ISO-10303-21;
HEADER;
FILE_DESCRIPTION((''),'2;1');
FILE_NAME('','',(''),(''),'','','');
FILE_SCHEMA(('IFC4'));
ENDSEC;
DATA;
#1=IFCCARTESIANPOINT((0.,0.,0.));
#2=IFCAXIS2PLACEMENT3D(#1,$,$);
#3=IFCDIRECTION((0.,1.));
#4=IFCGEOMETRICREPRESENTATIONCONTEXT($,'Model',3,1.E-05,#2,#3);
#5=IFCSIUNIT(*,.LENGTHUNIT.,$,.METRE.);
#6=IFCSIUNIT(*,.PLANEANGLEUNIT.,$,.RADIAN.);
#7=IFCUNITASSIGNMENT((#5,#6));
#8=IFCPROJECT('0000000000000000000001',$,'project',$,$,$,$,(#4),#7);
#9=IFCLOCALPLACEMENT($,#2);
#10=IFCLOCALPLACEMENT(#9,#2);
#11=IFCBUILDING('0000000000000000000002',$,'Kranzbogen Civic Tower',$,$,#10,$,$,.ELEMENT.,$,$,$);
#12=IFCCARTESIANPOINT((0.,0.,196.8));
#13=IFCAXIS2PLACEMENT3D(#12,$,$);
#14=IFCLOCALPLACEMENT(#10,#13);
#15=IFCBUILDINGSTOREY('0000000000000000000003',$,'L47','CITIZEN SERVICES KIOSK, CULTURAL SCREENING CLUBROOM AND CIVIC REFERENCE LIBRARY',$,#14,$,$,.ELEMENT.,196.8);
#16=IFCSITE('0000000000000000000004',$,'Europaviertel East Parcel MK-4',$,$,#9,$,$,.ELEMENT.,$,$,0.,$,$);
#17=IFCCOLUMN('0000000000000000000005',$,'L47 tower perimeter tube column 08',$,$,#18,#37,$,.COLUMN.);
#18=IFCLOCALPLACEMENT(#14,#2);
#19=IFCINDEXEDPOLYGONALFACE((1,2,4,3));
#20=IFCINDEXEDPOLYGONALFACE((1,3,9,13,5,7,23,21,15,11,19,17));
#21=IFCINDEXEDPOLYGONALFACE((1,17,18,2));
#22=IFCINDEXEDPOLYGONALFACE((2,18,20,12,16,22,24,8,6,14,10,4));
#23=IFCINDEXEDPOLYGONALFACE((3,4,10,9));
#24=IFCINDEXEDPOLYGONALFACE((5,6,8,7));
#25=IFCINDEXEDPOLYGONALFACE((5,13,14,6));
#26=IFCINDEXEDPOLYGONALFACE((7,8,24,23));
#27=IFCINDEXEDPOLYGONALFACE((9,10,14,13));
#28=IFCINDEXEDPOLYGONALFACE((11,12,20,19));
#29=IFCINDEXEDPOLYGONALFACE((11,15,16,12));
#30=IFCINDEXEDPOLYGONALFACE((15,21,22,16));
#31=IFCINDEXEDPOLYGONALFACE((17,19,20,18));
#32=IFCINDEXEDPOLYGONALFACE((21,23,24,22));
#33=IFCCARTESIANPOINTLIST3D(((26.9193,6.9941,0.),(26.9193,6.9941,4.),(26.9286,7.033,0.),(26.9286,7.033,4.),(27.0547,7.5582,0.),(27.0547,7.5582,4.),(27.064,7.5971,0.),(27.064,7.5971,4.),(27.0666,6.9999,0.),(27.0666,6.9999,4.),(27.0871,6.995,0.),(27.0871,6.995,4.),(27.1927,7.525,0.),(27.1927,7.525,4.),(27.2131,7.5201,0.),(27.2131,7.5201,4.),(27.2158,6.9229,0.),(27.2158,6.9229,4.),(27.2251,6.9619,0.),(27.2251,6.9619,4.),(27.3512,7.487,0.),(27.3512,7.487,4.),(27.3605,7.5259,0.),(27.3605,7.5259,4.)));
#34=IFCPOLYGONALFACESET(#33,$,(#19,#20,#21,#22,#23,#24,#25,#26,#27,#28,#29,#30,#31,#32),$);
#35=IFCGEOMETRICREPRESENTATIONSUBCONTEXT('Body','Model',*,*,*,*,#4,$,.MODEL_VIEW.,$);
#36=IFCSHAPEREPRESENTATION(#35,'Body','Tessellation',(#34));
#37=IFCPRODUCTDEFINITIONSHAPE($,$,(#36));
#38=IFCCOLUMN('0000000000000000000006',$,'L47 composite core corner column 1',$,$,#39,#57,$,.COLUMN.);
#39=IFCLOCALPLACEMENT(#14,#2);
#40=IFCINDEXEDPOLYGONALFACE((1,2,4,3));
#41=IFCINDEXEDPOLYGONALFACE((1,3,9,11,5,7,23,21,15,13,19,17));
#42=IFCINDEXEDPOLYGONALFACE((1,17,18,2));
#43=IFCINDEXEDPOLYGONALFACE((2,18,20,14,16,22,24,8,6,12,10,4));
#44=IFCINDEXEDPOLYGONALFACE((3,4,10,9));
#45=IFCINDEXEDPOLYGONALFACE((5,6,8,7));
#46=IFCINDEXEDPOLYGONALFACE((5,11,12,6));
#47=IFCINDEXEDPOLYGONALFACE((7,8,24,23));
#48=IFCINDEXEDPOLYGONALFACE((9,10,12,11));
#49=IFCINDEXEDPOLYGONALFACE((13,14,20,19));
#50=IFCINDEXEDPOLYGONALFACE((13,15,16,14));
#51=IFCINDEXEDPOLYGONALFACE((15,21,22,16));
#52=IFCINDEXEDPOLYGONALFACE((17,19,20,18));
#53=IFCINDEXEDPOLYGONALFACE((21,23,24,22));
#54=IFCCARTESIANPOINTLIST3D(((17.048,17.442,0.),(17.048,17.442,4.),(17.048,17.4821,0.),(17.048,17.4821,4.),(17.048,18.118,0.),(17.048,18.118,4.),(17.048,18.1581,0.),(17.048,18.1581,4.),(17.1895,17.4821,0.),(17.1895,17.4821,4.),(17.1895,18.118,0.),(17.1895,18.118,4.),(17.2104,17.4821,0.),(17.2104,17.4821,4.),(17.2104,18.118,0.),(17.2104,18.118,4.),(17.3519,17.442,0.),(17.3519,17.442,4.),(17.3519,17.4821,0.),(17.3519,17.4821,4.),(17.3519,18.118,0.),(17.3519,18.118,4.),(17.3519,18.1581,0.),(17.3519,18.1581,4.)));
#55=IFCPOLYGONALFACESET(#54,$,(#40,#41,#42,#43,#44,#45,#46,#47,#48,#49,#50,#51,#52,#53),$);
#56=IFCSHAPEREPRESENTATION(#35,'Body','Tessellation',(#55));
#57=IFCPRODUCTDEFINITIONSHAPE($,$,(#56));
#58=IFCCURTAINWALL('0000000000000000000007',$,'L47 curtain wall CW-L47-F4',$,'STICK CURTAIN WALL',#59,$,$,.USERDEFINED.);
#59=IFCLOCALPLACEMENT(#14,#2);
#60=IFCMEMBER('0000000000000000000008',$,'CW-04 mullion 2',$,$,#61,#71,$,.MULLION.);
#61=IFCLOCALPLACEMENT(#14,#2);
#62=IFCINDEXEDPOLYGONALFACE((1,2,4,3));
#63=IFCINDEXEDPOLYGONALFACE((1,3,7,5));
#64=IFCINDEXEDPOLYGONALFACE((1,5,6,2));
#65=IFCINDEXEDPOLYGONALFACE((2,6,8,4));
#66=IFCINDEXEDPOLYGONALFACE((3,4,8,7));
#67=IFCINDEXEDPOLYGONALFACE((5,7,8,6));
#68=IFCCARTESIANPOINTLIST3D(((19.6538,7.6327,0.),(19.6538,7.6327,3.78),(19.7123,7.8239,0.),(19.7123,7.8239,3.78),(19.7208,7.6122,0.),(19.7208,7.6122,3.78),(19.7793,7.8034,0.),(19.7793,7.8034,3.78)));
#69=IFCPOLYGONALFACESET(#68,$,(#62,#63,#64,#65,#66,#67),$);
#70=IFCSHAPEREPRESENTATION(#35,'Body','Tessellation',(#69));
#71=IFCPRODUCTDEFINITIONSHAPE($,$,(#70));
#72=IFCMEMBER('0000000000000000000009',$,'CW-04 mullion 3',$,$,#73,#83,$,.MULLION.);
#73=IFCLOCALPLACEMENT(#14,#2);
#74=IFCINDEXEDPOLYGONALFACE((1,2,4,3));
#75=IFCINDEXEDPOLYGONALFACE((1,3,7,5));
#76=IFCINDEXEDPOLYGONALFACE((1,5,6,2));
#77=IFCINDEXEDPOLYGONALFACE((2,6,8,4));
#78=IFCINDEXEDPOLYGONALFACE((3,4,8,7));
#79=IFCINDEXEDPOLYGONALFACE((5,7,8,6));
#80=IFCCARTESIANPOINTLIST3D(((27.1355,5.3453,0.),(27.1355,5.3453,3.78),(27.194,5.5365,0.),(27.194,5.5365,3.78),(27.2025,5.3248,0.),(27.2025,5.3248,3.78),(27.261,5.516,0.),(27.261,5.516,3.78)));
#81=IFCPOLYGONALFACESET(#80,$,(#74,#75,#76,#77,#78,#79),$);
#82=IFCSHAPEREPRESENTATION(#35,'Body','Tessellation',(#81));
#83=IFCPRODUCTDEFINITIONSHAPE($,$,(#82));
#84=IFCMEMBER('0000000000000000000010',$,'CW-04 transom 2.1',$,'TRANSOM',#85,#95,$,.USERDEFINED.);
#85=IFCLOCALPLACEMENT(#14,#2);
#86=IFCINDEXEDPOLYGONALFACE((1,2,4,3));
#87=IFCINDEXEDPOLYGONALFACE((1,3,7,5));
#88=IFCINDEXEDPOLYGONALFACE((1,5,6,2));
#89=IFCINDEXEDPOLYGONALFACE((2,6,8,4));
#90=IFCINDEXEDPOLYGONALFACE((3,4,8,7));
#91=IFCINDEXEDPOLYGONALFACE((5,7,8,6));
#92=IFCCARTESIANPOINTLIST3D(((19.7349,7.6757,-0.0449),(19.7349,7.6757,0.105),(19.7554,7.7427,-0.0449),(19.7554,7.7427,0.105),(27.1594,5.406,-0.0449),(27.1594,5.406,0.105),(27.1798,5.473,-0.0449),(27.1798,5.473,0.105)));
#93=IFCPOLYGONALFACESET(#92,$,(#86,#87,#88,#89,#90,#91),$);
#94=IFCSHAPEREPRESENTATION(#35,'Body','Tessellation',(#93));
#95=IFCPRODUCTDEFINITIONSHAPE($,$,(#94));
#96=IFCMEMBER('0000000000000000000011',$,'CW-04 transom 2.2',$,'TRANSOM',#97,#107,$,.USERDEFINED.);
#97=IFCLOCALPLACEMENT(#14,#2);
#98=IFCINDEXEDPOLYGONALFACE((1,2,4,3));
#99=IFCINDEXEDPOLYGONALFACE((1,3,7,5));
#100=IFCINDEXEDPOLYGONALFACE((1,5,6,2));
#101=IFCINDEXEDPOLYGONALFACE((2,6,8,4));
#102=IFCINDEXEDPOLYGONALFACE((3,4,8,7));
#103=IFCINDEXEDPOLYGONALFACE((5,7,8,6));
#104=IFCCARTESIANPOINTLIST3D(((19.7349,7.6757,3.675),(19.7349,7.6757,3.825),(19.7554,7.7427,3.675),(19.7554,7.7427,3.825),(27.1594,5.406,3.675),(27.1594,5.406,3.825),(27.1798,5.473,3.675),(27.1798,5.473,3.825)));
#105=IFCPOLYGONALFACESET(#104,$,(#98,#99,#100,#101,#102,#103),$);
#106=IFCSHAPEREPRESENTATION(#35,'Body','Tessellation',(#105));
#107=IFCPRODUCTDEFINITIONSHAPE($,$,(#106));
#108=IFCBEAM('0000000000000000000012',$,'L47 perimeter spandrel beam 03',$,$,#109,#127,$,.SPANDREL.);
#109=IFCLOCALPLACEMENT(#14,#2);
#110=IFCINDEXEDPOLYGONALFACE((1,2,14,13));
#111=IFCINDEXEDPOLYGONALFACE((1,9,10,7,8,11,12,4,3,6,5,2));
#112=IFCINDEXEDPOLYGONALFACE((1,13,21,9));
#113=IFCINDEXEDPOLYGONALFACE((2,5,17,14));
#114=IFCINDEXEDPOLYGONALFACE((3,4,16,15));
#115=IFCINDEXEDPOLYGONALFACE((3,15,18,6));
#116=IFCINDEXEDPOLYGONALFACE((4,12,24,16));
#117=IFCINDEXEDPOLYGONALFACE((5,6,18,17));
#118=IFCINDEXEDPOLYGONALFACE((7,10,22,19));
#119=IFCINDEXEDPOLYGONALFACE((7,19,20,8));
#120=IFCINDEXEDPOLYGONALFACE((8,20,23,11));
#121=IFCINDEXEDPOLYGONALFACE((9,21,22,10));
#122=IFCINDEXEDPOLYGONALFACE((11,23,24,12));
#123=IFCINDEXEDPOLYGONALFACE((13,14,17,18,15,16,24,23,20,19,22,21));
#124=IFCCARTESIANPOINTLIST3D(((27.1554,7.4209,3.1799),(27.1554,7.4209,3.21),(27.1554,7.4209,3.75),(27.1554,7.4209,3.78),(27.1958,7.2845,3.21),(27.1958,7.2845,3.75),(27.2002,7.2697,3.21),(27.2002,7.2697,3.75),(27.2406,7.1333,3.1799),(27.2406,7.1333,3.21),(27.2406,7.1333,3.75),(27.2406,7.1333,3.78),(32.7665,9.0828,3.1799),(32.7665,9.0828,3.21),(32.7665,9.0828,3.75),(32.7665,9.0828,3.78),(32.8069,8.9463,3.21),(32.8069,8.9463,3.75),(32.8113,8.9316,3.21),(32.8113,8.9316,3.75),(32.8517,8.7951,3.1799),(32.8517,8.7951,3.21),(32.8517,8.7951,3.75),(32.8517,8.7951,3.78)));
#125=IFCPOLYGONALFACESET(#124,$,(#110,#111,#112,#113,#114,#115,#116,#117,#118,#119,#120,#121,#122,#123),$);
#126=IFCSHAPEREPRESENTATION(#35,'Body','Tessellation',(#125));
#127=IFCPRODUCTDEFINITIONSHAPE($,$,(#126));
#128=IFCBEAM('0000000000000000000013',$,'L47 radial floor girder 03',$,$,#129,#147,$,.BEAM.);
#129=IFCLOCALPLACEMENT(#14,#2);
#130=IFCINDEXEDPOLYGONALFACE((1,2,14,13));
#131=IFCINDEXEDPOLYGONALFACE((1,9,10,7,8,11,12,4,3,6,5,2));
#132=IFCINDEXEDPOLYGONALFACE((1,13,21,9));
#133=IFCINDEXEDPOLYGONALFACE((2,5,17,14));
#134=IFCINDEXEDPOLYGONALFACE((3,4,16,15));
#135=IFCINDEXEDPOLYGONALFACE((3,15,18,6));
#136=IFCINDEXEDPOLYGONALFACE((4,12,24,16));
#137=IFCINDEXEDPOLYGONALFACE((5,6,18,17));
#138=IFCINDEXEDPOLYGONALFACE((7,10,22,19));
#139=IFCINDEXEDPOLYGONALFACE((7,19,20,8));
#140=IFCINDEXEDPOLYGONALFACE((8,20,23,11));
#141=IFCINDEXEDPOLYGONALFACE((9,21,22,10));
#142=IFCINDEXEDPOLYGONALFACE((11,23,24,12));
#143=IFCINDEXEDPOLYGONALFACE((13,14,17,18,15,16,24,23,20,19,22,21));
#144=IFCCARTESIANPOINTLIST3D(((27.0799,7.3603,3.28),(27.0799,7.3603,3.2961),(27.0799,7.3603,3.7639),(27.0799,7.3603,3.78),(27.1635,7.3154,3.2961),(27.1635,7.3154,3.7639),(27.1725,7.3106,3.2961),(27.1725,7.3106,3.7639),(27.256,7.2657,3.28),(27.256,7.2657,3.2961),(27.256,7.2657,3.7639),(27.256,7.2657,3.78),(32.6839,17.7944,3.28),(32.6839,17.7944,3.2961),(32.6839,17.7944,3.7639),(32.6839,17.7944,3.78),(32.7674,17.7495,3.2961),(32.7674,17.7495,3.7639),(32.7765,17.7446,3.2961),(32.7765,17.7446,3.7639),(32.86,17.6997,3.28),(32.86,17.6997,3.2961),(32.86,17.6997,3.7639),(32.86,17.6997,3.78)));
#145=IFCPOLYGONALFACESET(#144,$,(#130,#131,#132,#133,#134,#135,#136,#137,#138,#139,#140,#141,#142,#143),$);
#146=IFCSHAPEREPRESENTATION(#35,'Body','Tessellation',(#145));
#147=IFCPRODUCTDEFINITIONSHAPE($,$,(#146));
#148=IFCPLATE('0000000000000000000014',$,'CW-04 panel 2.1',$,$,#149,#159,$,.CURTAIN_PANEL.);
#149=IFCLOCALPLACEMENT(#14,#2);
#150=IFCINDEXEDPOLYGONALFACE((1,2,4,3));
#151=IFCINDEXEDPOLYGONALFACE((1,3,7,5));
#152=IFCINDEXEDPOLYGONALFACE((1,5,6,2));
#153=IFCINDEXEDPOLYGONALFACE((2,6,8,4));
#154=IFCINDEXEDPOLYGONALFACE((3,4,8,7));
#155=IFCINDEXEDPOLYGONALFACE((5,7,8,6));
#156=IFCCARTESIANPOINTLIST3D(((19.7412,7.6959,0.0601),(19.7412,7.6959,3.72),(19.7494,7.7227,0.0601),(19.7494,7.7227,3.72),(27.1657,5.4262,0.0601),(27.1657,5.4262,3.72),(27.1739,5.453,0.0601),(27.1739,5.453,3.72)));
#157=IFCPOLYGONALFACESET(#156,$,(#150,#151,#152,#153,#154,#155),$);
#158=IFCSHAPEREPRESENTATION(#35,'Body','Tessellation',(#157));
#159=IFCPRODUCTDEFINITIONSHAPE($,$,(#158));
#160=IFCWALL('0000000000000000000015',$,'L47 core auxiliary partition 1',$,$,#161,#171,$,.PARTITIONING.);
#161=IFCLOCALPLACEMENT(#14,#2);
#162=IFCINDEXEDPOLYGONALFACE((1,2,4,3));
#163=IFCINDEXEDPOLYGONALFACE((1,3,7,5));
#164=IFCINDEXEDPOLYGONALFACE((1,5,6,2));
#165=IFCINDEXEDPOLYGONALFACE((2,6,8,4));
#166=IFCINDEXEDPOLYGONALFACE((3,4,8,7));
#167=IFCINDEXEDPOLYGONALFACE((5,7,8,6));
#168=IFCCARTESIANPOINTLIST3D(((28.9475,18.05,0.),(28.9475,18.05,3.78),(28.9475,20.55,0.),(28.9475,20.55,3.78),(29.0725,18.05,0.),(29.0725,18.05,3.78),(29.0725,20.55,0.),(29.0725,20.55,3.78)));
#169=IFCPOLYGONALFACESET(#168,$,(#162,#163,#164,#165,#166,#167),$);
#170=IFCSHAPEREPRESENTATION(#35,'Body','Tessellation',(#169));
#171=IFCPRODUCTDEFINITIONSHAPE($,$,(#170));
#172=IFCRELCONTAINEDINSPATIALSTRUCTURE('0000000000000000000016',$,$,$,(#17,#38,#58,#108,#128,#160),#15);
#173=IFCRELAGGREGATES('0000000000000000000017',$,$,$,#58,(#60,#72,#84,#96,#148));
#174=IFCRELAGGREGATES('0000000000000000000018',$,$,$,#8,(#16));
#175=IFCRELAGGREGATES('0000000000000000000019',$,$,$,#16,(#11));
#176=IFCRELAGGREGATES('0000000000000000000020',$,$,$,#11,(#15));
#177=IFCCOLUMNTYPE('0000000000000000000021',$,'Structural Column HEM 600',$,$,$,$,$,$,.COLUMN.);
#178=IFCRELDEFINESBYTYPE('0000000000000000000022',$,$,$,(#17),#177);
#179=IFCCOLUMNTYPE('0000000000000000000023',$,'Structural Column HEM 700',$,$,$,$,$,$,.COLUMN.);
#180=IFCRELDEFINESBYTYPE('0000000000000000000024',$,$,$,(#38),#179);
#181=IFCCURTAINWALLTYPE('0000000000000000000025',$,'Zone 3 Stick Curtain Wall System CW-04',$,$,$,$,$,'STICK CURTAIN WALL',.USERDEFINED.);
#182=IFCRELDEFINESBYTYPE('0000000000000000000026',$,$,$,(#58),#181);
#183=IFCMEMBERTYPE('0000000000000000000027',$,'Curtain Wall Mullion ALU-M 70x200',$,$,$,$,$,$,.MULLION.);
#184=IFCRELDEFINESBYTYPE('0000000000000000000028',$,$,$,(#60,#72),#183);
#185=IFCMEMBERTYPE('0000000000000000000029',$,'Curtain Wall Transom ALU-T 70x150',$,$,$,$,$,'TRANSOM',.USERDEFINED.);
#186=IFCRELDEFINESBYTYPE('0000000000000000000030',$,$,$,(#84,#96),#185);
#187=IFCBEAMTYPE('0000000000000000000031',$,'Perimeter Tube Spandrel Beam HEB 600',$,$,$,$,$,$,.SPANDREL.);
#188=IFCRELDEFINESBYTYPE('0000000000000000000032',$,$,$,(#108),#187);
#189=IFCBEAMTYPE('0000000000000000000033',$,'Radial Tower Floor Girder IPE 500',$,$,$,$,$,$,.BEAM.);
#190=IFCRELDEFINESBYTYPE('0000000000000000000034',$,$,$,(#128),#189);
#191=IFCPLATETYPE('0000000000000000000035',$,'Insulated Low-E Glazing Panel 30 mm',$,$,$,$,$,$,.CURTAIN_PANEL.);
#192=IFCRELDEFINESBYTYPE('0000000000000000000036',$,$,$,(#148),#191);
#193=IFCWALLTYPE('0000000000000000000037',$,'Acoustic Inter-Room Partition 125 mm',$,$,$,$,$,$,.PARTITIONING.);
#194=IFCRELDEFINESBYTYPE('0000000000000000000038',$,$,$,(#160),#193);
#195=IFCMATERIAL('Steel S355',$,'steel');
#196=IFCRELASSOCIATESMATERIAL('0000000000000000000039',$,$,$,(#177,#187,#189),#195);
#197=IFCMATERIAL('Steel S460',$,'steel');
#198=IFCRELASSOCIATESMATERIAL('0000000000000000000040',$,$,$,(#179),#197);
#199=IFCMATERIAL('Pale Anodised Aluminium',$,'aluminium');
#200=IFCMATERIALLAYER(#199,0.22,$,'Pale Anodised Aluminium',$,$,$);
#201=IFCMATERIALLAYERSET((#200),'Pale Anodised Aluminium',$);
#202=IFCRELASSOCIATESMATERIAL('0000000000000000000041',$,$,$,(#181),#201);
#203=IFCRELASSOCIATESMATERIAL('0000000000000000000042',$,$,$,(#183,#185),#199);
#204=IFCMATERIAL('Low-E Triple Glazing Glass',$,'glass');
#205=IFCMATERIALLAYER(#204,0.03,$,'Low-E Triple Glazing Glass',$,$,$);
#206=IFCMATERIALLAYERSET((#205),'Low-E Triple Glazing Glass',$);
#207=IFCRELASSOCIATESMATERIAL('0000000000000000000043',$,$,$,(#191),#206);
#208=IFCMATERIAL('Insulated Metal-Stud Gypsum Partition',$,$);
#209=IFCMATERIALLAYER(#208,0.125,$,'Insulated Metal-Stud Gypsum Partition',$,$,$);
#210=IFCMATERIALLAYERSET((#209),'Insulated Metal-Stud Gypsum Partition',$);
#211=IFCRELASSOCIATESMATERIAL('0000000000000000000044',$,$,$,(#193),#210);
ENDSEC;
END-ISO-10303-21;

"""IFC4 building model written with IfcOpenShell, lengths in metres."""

from ifc_helpers import new_model, si_unit, direction, frame, frame_2d, origin, origin_2d, place, context, subcontext, project, spatial, rectangle, i_section, extrude, material, layer, layer_set, material_profile, profile_set, type_object, element, aggregate, save


model = new_model("IFC4")

# Units and contexts
model_context = context("Model", 3, precision=1e-05, world=origin(), true_north=direction((0.0, 1.0)))
body_context = subcontext(model_context, "Body", "Model", "MODEL_VIEW")
ifc_project = project(units=[si_unit("LENGTHUNIT", "METRE"), si_unit("PLANEANGLEUNIT", "RADIAN")], contexts=[model_context])

# Site, building, storey
site_placement = place(None, origin())
site = spatial("IfcSite", under=ifc_project, at=site_placement, Name="Europaviertel East Parcel MK-4", CompositionType="ELEMENT", RefElevation=0.0)
building_placement = place(site_placement, origin())
building = spatial("IfcBuilding", under=site, at=building_placement, Name="Kranzbogen Civic Tower", CompositionType="ELEMENT")
storey_placement = place(building_placement, frame((0.0, 0.0, 196.8)))
storey = spatial("IfcBuildingStorey", under=building, at=storey_placement, Name="L47", Description="CITIZEN SERVICES KIOSK, CULTURAL SCREENING CLUBROOM AND CIVIC REFERENCE LIBRARY", CompositionType="ELEMENT", Elevation=196.8)

# Columns
ifc_material_1 = material(Name="Steel S355", Category="steel")
ifc_material_profile_1 = material_profile(ifc_material_1, i_section(OverallWidth=0.3049, OverallDepth=0.6201, WebThickness=0.021, FlangeThickness=0.04, at=origin_2d()), Name="HEM 600")
ifc_profile_set_1 = profile_set([ifc_material_profile_1], Name="Steel S355")
column_type_1 = type_object("IfcColumnType", Name="Structural Column HEM 600", PredefinedType="COLUMN", material=ifc_profile_set_1)
column_1_placement = place(storey_placement, frame((27.1399, 7.26, 0.0), z_axis=(0.0, 0.0, 1.0), x_axis=(-0.97237, 0.233445, 0.0)))
element("IfcColumn", 1, at=column_1_placement, inside=storey, type_object=column_type_1, Name="L47 tower perimeter tube column 08", PredefinedType="COLUMN", context=body_context, shape_type="SweptSolid", body=[
    extrude(i_section(OverallWidth=0.3049, OverallDepth=0.6201, WebThickness=0.021, FlangeThickness=0.04, at=origin_2d()), origin(), (0.0, 0.0, 1.0), 4.0),
])
ifc_material_2 = material(Name="Steel S460", Category="steel")
ifc_material_profile_2 = material_profile(ifc_material_2, i_section(OverallWidth=0.304, OverallDepth=0.7161, WebThickness=0.021, FlangeThickness=0.04, at=origin_2d()), Name="HEM 700")
ifc_profile_set_2 = profile_set([ifc_material_profile_2], Name="Steel S460")
column_type_2 = type_object("IfcColumnType", Name="Structural Column HEM 700", PredefinedType="COLUMN", material=ifc_profile_set_2)
column_2_placement = place(storey_placement, frame((17.2, 17.8, 0.0), z_axis=(0.0, 0.0, 1.0), x_axis=(1.0, 0.0, 0.0)))
element("IfcColumn", 2, at=column_2_placement, inside=storey, type_object=column_type_2, Name="L47 composite core corner column 1", PredefinedType="COLUMN", context=body_context, shape_type="SweptSolid", body=[
    extrude(i_section(OverallWidth=0.304, OverallDepth=0.7161, WebThickness=0.021, FlangeThickness=0.04, at=origin_2d()), origin(), (0.0, 0.0, 1.0), 4.0),
])

# Curtain wall, members
ifc_material_3 = material(Name="Pale Anodised Aluminium", Category="aluminium")
ifc_layer_1 = layer(ifc_material_3, 0.22, Name="Pale Anodised Aluminium")
ifc_layer_set_1 = layer_set([ifc_layer_1], Name="Pale Anodised Aluminium")
curtain_wall_type = type_object("IfcCurtainWallType", Name="Zone 3 Stick Curtain Wall System CW-04", ElementType="STICK CURTAIN WALL", PredefinedType="USERDEFINED", material=ifc_layer_set_1)
curtain_wall_placement = place(storey_placement, origin())
curtain_wall = element("IfcCurtainWall", 3, at=curtain_wall_placement, inside=storey, type_object=curtain_wall_type, Name="L47 curtain wall CW-L47-F4", ObjectType="STICK CURTAIN WALL", PredefinedType="USERDEFINED")
ifc_material_profile_3 = material_profile(ifc_material_3, rectangle(XDim=0.0701, YDim=0.2, at=origin_2d()), Name="ALU-M 70x200")
ifc_profile_set_3 = profile_set([ifc_material_profile_3], Name="Pale Anodised Aluminium")
member_type_1 = type_object("IfcMemberType", Name="Curtain Wall Mullion ALU-M 70x200", PredefinedType="MULLION", material=ifc_profile_set_3)
member_1_placement = place(storey_placement, frame((19.7166, 7.718, 0.0), z_axis=(0.0, 0.0, 1.0), x_axis=(0.956312, -0.29235, 0.0)))
member_1 = element("IfcMember", 4, at=member_1_placement, type_object=member_type_1, Name="CW-04 mullion 2", PredefinedType="MULLION", context=body_context, shape_type="SweptSolid", body=[
    extrude(rectangle(XDim=0.0701, YDim=0.2, at=origin_2d()), origin(), (0.0, 0.0, 1.0), 3.78),
])
member_2_placement = place(storey_placement, frame((27.1982, 5.4307, 0.0), z_axis=(0.0, 0.0, 1.0), x_axis=(0.956312, -0.29235, 0.0)))
member_2 = element("IfcMember", 5, at=member_2_placement, type_object=member_type_1, Name="CW-04 mullion 3", PredefinedType="MULLION", context=body_context, shape_type="SweptSolid", body=[
    extrude(rectangle(XDim=0.0701, YDim=0.2, at=origin_2d()), origin(), (0.0, 0.0, 1.0), 3.78),
])
ifc_material_profile_4 = material_profile(ifc_material_3, rectangle(XDim=0.0701, YDim=0.1499, at=origin_2d()), Name="ALU-T 70x150")
ifc_profile_set_4 = profile_set([ifc_material_profile_4], Name="Pale Anodised Aluminium")
member_type_2 = type_object("IfcMemberType", Name="Curtain Wall Transom ALU-T 70x150", ElementType="TRANSOM", PredefinedType="USERDEFINED", material=ifc_profile_set_4)
member_3_placement = place(storey_placement, frame((19.7451, 7.7092, 0.03), z_axis=(0.95631, -0.292355, 0.0), x_axis=(0.292355, 0.95631, 0.0)))
member_3 = element("IfcMember", 6, at=member_3_placement, type_object=member_type_2, Name="CW-04 transom 2.1", ObjectType="TRANSOM", PredefinedType="USERDEFINED", context=body_context, shape_type="SweptSolid", body=[
    extrude(rectangle(XDim=0.0701, YDim=0.1499, at=origin_2d()), origin(), (0.0, 0.0, 1.0), 7.7637),
])
member_4_placement = place(storey_placement, frame((19.7451, 7.7092, 3.75), z_axis=(0.95631, -0.292355, 0.0), x_axis=(0.292355, 0.95631, 0.0)))
member_4 = element("IfcMember", 7, at=member_4_placement, type_object=member_type_2, Name="CW-04 transom 2.2", ObjectType="TRANSOM", PredefinedType="USERDEFINED", context=body_context, shape_type="SweptSolid", body=[
    extrude(rectangle(XDim=0.0701, YDim=0.1499, at=origin_2d()), origin(), (0.0, 0.0, 1.0), 7.7637),
])

# Beams
ifc_material_profile_5 = material_profile(ifc_material_1, i_section(OverallWidth=0.3, OverallDepth=0.6001, WebThickness=0.0154, FlangeThickness=0.03, at=origin_2d()), Name="HEB 600")
ifc_profile_set_5 = profile_set([ifc_material_profile_5], Name="Steel S355")
beam_type_1 = type_object("IfcBeamType", Name="Perimeter Tube Spandrel Beam HEB 600", PredefinedType="SPANDREL", material=ifc_profile_set_5)
beam_1_placement = place(storey_placement, frame((27.198, 7.2771, 3.48), z_axis=(0.95883, 0.283982, 0.0), x_axis=(-0.283982, 0.95883, 0.0)))
element("IfcBeam", 8, at=beam_1_placement, inside=storey, type_object=beam_type_1, Name="L47 perimeter spandrel beam 03", PredefinedType="SPANDREL", context=body_context, shape_type="SweptSolid", body=[
    extrude(i_section(OverallWidth=0.3, OverallDepth=0.6001, WebThickness=0.0154, FlangeThickness=0.03, at=origin_2d()), origin(), (0.0, 0.0, 1.0), 5.8521),
])
ifc_material_profile_6 = material_profile(ifc_material_1, i_section(OverallWidth=0.2, OverallDepth=0.5, WebThickness=0.0103, FlangeThickness=0.0161, at=origin_2d()), Name="IPE 500")
ifc_profile_set_6 = profile_set([ifc_material_profile_6], Name="Steel S355")
beam_type_2 = type_object("IfcBeamType", Name="Radial Tower Floor Girder IPE 500", PredefinedType="BEAM", material=ifc_profile_set_6)
beam_2_placement = place(storey_placement, frame((27.168, 7.313, 3.53), z_axis=(0.47316, 0.880976, 0.0), x_axis=(-0.880976, 0.47316, 0.0)))
element("IfcBeam", 9, at=beam_2_placement, inside=storey, type_object=beam_type_2, Name="L47 radial floor girder 03", PredefinedType="BEAM", context=body_context, shape_type="SweptSolid", body=[
    extrude(i_section(OverallWidth=0.2, OverallDepth=0.5, WebThickness=0.0103, FlangeThickness=0.0161, at=origin_2d()), origin(), (0.0, 0.0, 1.0), 11.8438),
])

# Plate
ifc_material_4 = material(Name="Low-E Triple Glazing Glass", Category="glass")
ifc_layer_2 = layer(ifc_material_4, 0.03, Name="Low-E Triple Glazing Glass")
ifc_layer_set_2 = layer_set([ifc_layer_2], Name="Low-E Triple Glazing Glass")
plate_type = type_object("IfcPlateType", Name="Insulated Low-E Glazing Panel 30 mm", PredefinedType="CURTAIN_PANEL", material=ifc_layer_set_2)
plate_placement = place(storey_placement, frame((23.4575, 6.5745, 0.0601), z_axis=(0.0, 0.0, 1.0), x_axis=(0.956312, -0.29235, 0.0)))
plate = element("IfcPlate", 10, at=plate_placement, type_object=plate_type, Name="CW-04 panel 2.1", PredefinedType="CURTAIN_PANEL", context=body_context, shape_type="SweptSolid", body=[
    extrude(rectangle(XDim=7.7637, YDim=0.0281, at=origin_2d()), origin(), (0.0, 0.0, 1.0), 3.6599),
])
aggregate(curtain_wall, [member_1, member_2, member_3, member_4, plate])

# Wall
ifc_material_5 = material(Name="Insulated Metal-Stud Gypsum Partition")
ifc_layer_3 = layer(ifc_material_5, 0.125, Name="Insulated Metal-Stud Gypsum Partition")
ifc_layer_set_3 = layer_set([ifc_layer_3], Name="Insulated Metal-Stud Gypsum Partition")
wall_type_1 = type_object("IfcWallType", Name="Acoustic Inter-Room Partition 125 mm", PredefinedType="PARTITIONING", material=ifc_layer_set_3)
wall_1_placement = place(storey_placement, frame((29.01, 18.05, 0.0), z_axis=(0.0, 0.0, 1.0), x_axis=(0.0, 1.0, 0.0)))
element("IfcWall", 11, at=wall_1_placement, inside=storey, type_object=wall_type_1, Name="L47 core auxiliary partition 1", PredefinedType="PARTITIONING", context=body_context, shape_type="SweptSolid", body=[
    extrude(rectangle(XDim=2.5, YDim=0.125, at=frame_2d((1.25, 0.0))), origin(), (0.0, 0.0, 1.0), 3.78),
])

save(model, "model.ifc")
